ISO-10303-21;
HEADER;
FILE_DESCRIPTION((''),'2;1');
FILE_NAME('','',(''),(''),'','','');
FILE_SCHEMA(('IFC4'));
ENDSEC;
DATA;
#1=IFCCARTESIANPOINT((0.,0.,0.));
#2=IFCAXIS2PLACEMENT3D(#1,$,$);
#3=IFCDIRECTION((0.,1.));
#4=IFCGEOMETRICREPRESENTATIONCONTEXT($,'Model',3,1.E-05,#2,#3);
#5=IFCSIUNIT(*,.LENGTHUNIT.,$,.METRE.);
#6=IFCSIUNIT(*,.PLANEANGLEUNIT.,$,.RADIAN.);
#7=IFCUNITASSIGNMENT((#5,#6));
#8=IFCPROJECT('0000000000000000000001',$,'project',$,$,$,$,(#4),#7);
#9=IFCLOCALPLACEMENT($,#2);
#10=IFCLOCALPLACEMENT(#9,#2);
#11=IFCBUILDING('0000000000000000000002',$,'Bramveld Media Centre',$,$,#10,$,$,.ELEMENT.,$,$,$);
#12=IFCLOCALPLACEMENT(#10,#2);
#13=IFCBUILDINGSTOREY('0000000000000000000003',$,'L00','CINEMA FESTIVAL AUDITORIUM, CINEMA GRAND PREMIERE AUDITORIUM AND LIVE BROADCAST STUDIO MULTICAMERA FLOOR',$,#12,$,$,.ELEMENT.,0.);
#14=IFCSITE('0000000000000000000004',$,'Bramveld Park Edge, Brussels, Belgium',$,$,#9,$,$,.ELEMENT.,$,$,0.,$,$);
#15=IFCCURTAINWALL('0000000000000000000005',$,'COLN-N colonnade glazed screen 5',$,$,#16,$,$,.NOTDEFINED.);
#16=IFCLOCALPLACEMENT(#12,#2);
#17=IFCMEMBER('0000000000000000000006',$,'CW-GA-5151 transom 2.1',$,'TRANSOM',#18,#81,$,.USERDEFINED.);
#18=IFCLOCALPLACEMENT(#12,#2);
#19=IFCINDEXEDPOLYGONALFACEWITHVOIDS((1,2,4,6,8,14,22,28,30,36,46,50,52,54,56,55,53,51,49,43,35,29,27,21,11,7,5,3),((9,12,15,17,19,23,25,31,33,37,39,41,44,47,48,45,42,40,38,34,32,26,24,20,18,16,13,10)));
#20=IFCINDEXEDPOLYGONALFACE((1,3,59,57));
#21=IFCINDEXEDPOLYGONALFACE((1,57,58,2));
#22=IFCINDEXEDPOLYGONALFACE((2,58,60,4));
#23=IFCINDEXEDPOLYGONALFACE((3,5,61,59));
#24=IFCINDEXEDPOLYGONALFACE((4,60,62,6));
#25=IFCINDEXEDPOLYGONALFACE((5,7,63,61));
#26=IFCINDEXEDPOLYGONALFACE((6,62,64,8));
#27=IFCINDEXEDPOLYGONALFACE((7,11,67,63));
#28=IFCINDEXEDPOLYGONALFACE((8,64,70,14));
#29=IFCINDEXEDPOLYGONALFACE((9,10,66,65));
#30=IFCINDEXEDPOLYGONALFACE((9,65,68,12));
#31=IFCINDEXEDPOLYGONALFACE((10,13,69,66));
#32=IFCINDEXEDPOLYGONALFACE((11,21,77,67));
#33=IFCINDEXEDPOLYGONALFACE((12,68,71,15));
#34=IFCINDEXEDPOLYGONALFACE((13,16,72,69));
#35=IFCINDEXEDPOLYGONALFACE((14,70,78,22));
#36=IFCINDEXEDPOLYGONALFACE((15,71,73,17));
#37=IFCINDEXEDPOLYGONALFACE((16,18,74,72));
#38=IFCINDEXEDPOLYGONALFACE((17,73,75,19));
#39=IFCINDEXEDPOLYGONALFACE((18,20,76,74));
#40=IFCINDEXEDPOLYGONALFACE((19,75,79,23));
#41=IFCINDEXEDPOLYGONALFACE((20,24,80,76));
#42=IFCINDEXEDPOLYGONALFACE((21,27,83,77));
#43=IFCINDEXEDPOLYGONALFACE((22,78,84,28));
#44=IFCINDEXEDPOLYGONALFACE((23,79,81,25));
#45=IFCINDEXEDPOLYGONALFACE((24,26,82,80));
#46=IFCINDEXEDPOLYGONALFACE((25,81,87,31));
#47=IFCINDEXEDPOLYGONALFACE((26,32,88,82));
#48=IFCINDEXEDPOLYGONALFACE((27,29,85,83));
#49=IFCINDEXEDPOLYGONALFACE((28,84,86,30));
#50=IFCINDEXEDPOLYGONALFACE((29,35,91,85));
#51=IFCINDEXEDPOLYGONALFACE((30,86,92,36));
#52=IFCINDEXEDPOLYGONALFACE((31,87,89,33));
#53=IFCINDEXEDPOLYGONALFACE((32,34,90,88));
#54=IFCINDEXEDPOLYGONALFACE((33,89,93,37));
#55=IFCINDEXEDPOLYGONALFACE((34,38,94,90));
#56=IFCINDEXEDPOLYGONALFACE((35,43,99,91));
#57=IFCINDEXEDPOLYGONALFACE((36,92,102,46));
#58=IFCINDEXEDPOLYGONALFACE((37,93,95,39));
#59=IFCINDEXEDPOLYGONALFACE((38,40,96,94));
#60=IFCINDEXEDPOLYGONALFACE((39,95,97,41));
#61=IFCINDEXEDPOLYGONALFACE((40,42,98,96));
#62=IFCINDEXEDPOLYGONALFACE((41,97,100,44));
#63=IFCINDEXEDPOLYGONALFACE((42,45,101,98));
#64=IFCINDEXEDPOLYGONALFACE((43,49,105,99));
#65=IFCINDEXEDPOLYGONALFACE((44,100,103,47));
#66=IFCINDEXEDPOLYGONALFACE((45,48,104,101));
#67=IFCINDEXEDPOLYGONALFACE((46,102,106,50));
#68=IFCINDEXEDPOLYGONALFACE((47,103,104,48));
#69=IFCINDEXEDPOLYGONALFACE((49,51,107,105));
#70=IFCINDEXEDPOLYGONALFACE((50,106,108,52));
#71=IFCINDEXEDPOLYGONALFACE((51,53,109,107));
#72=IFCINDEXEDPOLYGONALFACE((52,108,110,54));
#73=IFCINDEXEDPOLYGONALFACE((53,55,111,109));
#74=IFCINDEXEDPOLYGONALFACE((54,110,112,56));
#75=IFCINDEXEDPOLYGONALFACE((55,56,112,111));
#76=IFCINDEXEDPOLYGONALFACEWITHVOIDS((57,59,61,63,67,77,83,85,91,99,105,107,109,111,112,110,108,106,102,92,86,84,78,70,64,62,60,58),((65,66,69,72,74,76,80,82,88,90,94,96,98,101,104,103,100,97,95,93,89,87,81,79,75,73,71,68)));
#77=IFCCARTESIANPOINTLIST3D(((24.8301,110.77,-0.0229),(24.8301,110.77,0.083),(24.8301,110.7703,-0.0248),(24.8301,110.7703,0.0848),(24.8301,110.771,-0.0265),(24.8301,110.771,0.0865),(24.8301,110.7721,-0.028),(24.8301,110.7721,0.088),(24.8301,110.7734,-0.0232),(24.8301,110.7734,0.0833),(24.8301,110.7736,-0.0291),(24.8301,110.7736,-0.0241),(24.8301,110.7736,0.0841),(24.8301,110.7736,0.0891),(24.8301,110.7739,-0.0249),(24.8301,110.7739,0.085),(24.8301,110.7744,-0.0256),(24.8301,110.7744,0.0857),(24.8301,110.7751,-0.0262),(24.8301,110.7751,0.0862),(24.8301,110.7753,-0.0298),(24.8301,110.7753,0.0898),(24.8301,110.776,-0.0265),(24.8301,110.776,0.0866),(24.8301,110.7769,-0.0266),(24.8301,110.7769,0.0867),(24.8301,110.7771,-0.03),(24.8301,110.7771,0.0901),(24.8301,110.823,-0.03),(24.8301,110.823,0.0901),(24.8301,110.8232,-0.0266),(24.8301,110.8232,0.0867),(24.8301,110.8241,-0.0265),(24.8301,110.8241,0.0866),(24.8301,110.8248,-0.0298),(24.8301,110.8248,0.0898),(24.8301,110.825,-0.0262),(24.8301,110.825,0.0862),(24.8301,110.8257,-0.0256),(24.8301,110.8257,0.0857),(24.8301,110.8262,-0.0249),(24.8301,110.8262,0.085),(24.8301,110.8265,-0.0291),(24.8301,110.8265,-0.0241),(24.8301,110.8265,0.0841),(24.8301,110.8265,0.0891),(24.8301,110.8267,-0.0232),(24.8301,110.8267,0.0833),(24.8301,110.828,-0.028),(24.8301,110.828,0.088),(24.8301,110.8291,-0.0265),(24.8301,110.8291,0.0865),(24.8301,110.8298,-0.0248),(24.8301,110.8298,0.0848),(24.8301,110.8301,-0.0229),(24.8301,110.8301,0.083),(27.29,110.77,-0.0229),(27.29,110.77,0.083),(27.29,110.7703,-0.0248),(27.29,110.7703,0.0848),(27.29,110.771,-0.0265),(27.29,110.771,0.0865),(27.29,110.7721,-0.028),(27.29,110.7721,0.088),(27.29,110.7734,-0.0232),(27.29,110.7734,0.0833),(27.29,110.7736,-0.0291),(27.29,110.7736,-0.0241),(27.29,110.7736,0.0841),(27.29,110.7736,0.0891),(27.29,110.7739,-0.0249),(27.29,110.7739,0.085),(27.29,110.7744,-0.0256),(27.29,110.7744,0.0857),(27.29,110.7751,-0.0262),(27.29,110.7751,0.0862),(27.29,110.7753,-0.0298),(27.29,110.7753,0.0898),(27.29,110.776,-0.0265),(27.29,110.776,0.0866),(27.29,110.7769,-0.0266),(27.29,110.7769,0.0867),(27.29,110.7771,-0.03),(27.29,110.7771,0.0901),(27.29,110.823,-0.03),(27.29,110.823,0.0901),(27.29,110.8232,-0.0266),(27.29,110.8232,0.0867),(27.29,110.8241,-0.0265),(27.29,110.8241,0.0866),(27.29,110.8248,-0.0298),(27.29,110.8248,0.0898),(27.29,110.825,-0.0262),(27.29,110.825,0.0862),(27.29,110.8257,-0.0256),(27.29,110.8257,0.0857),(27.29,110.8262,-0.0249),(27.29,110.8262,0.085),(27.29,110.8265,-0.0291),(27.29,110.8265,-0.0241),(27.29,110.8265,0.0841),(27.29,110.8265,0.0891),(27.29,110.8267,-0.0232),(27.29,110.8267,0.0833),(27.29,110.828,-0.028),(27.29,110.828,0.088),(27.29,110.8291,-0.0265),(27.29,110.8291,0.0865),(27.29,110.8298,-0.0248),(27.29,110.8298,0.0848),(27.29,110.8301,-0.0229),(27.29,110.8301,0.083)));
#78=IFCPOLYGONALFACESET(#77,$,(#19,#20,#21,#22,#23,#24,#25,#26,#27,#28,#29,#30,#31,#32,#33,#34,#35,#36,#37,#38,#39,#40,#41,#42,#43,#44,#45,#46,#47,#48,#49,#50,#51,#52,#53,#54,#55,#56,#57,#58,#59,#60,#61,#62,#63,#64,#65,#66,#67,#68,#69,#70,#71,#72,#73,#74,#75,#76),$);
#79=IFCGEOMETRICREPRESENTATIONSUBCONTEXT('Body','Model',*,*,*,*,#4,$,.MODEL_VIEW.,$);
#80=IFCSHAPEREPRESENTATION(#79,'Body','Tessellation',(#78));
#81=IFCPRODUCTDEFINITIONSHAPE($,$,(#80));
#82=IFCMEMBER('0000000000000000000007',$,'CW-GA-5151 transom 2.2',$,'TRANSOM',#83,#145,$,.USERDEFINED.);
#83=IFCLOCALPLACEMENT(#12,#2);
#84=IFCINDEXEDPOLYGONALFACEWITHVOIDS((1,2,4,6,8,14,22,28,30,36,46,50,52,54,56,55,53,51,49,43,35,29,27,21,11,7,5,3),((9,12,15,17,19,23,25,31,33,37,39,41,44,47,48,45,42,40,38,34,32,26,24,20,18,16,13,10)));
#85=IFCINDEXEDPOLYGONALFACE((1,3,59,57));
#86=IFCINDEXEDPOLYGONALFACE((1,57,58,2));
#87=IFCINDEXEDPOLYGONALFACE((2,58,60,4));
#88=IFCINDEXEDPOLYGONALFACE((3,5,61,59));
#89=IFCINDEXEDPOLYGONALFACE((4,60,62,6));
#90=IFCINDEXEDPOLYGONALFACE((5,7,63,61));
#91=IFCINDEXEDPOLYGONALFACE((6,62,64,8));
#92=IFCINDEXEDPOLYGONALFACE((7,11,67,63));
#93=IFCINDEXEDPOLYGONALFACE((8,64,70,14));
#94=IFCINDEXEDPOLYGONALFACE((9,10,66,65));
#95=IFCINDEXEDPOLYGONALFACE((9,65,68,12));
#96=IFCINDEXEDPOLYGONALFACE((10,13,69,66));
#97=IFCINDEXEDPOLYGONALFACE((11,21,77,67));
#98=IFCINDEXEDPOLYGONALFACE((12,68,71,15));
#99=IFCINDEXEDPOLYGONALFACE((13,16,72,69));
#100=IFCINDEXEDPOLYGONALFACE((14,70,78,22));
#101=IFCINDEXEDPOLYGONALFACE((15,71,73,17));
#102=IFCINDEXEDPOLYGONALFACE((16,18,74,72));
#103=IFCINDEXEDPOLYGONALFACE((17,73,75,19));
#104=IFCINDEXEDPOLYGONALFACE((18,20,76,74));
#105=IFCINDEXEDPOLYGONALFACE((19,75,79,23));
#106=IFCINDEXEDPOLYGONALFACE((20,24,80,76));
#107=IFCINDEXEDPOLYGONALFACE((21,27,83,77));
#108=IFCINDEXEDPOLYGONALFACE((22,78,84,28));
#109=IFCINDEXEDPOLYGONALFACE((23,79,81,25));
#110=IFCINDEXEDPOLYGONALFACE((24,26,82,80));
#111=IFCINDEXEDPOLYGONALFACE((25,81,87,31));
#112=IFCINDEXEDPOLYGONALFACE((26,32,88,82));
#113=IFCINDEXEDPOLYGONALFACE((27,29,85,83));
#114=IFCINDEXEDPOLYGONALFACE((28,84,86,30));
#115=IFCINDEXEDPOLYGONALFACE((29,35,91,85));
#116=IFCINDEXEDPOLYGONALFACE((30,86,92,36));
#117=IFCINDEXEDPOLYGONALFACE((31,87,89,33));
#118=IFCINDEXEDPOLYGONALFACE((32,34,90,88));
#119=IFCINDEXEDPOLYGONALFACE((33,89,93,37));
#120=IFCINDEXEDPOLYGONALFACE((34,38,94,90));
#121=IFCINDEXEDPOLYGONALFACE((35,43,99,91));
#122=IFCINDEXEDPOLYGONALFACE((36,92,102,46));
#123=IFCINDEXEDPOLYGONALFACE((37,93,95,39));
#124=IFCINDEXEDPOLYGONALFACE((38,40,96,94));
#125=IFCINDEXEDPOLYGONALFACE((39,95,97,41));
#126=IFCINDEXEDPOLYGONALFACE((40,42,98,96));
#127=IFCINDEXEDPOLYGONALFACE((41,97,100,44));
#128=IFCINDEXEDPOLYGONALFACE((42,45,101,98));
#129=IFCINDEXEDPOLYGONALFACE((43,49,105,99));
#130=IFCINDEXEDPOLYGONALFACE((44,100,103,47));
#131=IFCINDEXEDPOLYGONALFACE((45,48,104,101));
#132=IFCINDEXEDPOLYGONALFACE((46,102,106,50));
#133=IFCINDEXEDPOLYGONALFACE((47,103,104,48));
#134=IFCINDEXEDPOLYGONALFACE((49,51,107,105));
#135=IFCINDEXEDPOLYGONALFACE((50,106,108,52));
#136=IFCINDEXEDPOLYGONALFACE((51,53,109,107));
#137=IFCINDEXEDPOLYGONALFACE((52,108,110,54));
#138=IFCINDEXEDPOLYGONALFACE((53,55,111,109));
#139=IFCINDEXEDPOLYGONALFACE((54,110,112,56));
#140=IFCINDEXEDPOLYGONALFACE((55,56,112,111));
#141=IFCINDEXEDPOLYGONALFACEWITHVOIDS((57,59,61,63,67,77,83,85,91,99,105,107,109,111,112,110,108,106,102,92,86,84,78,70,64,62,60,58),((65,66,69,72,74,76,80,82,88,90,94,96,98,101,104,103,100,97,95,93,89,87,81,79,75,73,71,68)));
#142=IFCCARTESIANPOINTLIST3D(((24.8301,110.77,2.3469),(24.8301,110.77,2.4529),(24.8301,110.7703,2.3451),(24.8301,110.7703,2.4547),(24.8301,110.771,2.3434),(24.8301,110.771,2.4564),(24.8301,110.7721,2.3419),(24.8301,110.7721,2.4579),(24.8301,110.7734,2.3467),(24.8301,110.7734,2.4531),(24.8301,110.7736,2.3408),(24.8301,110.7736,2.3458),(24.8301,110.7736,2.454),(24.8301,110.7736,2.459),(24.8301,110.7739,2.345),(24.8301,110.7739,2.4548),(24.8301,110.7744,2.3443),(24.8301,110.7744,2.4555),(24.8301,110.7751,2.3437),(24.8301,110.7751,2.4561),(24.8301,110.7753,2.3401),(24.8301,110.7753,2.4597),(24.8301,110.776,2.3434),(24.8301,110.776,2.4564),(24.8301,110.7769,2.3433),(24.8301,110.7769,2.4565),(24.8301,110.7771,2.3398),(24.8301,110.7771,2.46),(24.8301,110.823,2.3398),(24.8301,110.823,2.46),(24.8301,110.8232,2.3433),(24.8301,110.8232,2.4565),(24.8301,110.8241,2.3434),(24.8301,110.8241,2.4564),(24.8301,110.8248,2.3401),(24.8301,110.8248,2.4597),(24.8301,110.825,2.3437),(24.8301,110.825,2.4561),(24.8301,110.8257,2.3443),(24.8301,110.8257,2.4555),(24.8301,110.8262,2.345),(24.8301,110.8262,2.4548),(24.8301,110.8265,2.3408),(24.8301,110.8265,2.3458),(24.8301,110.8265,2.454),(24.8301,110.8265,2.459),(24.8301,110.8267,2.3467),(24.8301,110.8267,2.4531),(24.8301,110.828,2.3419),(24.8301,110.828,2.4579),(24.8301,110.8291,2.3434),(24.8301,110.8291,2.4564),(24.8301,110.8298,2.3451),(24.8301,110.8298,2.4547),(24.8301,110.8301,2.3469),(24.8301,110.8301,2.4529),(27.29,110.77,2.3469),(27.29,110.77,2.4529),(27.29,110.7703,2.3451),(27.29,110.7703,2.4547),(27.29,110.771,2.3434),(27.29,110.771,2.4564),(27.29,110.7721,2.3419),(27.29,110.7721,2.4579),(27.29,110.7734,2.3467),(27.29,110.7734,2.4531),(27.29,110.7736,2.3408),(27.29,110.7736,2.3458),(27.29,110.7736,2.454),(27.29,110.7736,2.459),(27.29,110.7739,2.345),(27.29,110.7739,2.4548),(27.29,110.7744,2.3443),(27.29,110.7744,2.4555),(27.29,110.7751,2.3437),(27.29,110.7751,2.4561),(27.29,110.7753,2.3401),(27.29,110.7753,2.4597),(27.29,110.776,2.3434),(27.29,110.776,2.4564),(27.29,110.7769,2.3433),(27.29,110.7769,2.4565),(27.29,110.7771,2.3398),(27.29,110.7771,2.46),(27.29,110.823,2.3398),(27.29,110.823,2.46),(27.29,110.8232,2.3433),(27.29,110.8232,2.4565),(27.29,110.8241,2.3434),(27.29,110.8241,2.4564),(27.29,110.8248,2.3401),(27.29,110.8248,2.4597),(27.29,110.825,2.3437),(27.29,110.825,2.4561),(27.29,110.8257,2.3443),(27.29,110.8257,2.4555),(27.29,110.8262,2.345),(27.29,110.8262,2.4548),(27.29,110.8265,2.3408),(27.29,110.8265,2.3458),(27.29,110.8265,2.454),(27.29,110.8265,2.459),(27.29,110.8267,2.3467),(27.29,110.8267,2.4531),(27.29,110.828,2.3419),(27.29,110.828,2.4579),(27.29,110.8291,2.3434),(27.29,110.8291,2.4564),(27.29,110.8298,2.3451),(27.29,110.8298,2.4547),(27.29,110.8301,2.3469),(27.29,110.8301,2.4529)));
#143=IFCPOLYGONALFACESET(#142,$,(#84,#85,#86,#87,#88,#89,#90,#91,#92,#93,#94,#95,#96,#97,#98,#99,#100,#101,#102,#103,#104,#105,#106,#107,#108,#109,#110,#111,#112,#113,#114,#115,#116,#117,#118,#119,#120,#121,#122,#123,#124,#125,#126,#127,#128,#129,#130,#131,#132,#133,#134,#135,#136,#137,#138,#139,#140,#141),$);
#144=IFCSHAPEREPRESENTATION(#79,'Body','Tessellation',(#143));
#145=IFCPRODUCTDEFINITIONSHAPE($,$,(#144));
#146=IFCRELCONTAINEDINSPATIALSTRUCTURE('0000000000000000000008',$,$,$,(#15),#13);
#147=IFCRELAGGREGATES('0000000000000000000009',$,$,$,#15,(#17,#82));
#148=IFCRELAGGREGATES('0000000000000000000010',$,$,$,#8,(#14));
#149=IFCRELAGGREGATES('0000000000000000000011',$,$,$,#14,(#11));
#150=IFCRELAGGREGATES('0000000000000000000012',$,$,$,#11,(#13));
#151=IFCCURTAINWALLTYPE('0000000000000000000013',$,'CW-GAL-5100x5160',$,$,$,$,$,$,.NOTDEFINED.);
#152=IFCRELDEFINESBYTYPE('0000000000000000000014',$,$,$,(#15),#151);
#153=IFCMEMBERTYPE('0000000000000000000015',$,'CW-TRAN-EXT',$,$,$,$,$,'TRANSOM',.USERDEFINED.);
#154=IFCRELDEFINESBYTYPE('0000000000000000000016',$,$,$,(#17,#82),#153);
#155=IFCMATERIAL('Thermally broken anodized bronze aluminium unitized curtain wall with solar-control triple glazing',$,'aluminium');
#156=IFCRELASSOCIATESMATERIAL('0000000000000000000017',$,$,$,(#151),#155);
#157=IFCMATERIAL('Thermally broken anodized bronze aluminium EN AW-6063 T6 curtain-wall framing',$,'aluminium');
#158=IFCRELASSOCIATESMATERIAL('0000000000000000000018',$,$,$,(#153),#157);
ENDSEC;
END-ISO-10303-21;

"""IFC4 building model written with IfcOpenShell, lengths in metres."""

from ifc_helpers import new_model, si_unit, direction, frame, origin, origin_2d, place, context, subcontext, project, spatial, hollow_rectangle, extrude, material, material_profile, profile_set, type_object, element, aggregate, save


model = new_model("IFC4")

# Units and contexts
model_context = context("Model", 3, precision=1e-05, world=origin(), true_north=direction((0.0, 1.0)))
body_context = subcontext(model_context, "Body", "Model", "MODEL_VIEW")
ifc_project = project(units=[si_unit("LENGTHUNIT", "METRE"), si_unit("PLANEANGLEUNIT", "RADIAN")], contexts=[model_context])

# Site, building, storey
site_placement = place(None, origin())
site = spatial("IfcSite", under=ifc_project, at=site_placement, Name="Bramveld Park Edge, Brussels, Belgium", CompositionType="ELEMENT", RefElevation=0.0)
building_placement = place(site_placement, origin())
building = spatial("IfcBuilding", under=site, at=building_placement, Name="Bramveld Media Centre", CompositionType="ELEMENT")
storey_placement = place(building_placement, origin())
storey = spatial("IfcBuildingStorey", under=building, at=storey_placement, Name="L00", Description="CINEMA FESTIVAL AUDITORIUM, CINEMA GRAND PREMIERE AUDITORIUM AND LIVE BROADCAST STUDIO MULTICAMERA FLOOR", CompositionType="ELEMENT", Elevation=0.0)

# Shared definitions
ifc_material_1 = material(Name="Thermally broken anodized bronze aluminium unitized curtain wall with solar-control triple glazing", Category="aluminium")
curtain_wall_type = type_object("IfcCurtainWallType", Name="CW-GAL-5100x5160", PredefinedType="NOTDEFINED", material=ifc_material_1)

# Curtain wall
curtain_wall_1_placement = place(storey_placement, origin())
curtain_wall_1 = element("IfcCurtainWall", 1, at=curtain_wall_1_placement, inside=storey, type_object=curtain_wall_type, Name="COLN-N colonnade glazed screen 5", PredefinedType="NOTDEFINED")

# Members
ifc_material_2 = material(Name="Thermally broken anodized bronze aluminium EN AW-6063 T6 curtain-wall framing", Category="aluminium")
ifc_material_profile_1 = material_profile(ifc_material_2, hollow_rectangle(XDim=0.0601, YDim=0.1201, WallThickness=0.0034, InnerFilletRadius=0.0034, OuterFilletRadius=0.0071, at=origin_2d()), Name="AL-TRAN 60x120")
ifc_profile_set_1 = profile_set([ifc_material_profile_1], Name="Thermally broken anodized bronze aluminium EN AW-6063 T6 curtain-wall framing")
member_type_1 = type_object("IfcMemberType", Name="CW-TRAN-EXT", ElementType="TRANSOM", PredefinedType="USERDEFINED", material=ifc_profile_set_1)
member_1_placement = place(storey_placement, frame((24.8301, 110.8, 0.03), z_axis=(1.0, 0.0, 0.0), x_axis=(0.0, 1.0, 0.0)))
member_1 = element("IfcMember", 2, at=member_1_placement, type_object=member_type_1, Name="CW-GA-5151 transom 2.1", ObjectType="TRANSOM", PredefinedType="USERDEFINED", context=body_context, shape_type="SweptSolid", body=[
    extrude(hollow_rectangle(XDim=0.0601, YDim=0.1201, WallThickness=0.0034, InnerFilletRadius=0.0034, OuterFilletRadius=0.0071, at=origin_2d()), origin(), (0.0, 0.0, 1.0), 2.46),
])
member_2_placement = place(storey_placement, frame((24.8301, 110.8, 2.3999), z_axis=(1.0, 0.0, 0.0), x_axis=(0.0, 1.0, 0.0)))
member_2 = element("IfcMember", 3, at=member_2_placement, type_object=member_type_1, Name="CW-GA-5151 transom 2.2", ObjectType="TRANSOM", PredefinedType="USERDEFINED", context=body_context, shape_type="SweptSolid", body=[
    extrude(hollow_rectangle(XDim=0.0601, YDim=0.1201, WallThickness=0.0034, InnerFilletRadius=0.0034, OuterFilletRadius=0.0071, at=origin_2d()), origin(), (0.0, 0.0, 1.0), 2.46),
])

aggregate(curtain_wall_1, [member_1, member_2])

save(model, "model.ifc")
